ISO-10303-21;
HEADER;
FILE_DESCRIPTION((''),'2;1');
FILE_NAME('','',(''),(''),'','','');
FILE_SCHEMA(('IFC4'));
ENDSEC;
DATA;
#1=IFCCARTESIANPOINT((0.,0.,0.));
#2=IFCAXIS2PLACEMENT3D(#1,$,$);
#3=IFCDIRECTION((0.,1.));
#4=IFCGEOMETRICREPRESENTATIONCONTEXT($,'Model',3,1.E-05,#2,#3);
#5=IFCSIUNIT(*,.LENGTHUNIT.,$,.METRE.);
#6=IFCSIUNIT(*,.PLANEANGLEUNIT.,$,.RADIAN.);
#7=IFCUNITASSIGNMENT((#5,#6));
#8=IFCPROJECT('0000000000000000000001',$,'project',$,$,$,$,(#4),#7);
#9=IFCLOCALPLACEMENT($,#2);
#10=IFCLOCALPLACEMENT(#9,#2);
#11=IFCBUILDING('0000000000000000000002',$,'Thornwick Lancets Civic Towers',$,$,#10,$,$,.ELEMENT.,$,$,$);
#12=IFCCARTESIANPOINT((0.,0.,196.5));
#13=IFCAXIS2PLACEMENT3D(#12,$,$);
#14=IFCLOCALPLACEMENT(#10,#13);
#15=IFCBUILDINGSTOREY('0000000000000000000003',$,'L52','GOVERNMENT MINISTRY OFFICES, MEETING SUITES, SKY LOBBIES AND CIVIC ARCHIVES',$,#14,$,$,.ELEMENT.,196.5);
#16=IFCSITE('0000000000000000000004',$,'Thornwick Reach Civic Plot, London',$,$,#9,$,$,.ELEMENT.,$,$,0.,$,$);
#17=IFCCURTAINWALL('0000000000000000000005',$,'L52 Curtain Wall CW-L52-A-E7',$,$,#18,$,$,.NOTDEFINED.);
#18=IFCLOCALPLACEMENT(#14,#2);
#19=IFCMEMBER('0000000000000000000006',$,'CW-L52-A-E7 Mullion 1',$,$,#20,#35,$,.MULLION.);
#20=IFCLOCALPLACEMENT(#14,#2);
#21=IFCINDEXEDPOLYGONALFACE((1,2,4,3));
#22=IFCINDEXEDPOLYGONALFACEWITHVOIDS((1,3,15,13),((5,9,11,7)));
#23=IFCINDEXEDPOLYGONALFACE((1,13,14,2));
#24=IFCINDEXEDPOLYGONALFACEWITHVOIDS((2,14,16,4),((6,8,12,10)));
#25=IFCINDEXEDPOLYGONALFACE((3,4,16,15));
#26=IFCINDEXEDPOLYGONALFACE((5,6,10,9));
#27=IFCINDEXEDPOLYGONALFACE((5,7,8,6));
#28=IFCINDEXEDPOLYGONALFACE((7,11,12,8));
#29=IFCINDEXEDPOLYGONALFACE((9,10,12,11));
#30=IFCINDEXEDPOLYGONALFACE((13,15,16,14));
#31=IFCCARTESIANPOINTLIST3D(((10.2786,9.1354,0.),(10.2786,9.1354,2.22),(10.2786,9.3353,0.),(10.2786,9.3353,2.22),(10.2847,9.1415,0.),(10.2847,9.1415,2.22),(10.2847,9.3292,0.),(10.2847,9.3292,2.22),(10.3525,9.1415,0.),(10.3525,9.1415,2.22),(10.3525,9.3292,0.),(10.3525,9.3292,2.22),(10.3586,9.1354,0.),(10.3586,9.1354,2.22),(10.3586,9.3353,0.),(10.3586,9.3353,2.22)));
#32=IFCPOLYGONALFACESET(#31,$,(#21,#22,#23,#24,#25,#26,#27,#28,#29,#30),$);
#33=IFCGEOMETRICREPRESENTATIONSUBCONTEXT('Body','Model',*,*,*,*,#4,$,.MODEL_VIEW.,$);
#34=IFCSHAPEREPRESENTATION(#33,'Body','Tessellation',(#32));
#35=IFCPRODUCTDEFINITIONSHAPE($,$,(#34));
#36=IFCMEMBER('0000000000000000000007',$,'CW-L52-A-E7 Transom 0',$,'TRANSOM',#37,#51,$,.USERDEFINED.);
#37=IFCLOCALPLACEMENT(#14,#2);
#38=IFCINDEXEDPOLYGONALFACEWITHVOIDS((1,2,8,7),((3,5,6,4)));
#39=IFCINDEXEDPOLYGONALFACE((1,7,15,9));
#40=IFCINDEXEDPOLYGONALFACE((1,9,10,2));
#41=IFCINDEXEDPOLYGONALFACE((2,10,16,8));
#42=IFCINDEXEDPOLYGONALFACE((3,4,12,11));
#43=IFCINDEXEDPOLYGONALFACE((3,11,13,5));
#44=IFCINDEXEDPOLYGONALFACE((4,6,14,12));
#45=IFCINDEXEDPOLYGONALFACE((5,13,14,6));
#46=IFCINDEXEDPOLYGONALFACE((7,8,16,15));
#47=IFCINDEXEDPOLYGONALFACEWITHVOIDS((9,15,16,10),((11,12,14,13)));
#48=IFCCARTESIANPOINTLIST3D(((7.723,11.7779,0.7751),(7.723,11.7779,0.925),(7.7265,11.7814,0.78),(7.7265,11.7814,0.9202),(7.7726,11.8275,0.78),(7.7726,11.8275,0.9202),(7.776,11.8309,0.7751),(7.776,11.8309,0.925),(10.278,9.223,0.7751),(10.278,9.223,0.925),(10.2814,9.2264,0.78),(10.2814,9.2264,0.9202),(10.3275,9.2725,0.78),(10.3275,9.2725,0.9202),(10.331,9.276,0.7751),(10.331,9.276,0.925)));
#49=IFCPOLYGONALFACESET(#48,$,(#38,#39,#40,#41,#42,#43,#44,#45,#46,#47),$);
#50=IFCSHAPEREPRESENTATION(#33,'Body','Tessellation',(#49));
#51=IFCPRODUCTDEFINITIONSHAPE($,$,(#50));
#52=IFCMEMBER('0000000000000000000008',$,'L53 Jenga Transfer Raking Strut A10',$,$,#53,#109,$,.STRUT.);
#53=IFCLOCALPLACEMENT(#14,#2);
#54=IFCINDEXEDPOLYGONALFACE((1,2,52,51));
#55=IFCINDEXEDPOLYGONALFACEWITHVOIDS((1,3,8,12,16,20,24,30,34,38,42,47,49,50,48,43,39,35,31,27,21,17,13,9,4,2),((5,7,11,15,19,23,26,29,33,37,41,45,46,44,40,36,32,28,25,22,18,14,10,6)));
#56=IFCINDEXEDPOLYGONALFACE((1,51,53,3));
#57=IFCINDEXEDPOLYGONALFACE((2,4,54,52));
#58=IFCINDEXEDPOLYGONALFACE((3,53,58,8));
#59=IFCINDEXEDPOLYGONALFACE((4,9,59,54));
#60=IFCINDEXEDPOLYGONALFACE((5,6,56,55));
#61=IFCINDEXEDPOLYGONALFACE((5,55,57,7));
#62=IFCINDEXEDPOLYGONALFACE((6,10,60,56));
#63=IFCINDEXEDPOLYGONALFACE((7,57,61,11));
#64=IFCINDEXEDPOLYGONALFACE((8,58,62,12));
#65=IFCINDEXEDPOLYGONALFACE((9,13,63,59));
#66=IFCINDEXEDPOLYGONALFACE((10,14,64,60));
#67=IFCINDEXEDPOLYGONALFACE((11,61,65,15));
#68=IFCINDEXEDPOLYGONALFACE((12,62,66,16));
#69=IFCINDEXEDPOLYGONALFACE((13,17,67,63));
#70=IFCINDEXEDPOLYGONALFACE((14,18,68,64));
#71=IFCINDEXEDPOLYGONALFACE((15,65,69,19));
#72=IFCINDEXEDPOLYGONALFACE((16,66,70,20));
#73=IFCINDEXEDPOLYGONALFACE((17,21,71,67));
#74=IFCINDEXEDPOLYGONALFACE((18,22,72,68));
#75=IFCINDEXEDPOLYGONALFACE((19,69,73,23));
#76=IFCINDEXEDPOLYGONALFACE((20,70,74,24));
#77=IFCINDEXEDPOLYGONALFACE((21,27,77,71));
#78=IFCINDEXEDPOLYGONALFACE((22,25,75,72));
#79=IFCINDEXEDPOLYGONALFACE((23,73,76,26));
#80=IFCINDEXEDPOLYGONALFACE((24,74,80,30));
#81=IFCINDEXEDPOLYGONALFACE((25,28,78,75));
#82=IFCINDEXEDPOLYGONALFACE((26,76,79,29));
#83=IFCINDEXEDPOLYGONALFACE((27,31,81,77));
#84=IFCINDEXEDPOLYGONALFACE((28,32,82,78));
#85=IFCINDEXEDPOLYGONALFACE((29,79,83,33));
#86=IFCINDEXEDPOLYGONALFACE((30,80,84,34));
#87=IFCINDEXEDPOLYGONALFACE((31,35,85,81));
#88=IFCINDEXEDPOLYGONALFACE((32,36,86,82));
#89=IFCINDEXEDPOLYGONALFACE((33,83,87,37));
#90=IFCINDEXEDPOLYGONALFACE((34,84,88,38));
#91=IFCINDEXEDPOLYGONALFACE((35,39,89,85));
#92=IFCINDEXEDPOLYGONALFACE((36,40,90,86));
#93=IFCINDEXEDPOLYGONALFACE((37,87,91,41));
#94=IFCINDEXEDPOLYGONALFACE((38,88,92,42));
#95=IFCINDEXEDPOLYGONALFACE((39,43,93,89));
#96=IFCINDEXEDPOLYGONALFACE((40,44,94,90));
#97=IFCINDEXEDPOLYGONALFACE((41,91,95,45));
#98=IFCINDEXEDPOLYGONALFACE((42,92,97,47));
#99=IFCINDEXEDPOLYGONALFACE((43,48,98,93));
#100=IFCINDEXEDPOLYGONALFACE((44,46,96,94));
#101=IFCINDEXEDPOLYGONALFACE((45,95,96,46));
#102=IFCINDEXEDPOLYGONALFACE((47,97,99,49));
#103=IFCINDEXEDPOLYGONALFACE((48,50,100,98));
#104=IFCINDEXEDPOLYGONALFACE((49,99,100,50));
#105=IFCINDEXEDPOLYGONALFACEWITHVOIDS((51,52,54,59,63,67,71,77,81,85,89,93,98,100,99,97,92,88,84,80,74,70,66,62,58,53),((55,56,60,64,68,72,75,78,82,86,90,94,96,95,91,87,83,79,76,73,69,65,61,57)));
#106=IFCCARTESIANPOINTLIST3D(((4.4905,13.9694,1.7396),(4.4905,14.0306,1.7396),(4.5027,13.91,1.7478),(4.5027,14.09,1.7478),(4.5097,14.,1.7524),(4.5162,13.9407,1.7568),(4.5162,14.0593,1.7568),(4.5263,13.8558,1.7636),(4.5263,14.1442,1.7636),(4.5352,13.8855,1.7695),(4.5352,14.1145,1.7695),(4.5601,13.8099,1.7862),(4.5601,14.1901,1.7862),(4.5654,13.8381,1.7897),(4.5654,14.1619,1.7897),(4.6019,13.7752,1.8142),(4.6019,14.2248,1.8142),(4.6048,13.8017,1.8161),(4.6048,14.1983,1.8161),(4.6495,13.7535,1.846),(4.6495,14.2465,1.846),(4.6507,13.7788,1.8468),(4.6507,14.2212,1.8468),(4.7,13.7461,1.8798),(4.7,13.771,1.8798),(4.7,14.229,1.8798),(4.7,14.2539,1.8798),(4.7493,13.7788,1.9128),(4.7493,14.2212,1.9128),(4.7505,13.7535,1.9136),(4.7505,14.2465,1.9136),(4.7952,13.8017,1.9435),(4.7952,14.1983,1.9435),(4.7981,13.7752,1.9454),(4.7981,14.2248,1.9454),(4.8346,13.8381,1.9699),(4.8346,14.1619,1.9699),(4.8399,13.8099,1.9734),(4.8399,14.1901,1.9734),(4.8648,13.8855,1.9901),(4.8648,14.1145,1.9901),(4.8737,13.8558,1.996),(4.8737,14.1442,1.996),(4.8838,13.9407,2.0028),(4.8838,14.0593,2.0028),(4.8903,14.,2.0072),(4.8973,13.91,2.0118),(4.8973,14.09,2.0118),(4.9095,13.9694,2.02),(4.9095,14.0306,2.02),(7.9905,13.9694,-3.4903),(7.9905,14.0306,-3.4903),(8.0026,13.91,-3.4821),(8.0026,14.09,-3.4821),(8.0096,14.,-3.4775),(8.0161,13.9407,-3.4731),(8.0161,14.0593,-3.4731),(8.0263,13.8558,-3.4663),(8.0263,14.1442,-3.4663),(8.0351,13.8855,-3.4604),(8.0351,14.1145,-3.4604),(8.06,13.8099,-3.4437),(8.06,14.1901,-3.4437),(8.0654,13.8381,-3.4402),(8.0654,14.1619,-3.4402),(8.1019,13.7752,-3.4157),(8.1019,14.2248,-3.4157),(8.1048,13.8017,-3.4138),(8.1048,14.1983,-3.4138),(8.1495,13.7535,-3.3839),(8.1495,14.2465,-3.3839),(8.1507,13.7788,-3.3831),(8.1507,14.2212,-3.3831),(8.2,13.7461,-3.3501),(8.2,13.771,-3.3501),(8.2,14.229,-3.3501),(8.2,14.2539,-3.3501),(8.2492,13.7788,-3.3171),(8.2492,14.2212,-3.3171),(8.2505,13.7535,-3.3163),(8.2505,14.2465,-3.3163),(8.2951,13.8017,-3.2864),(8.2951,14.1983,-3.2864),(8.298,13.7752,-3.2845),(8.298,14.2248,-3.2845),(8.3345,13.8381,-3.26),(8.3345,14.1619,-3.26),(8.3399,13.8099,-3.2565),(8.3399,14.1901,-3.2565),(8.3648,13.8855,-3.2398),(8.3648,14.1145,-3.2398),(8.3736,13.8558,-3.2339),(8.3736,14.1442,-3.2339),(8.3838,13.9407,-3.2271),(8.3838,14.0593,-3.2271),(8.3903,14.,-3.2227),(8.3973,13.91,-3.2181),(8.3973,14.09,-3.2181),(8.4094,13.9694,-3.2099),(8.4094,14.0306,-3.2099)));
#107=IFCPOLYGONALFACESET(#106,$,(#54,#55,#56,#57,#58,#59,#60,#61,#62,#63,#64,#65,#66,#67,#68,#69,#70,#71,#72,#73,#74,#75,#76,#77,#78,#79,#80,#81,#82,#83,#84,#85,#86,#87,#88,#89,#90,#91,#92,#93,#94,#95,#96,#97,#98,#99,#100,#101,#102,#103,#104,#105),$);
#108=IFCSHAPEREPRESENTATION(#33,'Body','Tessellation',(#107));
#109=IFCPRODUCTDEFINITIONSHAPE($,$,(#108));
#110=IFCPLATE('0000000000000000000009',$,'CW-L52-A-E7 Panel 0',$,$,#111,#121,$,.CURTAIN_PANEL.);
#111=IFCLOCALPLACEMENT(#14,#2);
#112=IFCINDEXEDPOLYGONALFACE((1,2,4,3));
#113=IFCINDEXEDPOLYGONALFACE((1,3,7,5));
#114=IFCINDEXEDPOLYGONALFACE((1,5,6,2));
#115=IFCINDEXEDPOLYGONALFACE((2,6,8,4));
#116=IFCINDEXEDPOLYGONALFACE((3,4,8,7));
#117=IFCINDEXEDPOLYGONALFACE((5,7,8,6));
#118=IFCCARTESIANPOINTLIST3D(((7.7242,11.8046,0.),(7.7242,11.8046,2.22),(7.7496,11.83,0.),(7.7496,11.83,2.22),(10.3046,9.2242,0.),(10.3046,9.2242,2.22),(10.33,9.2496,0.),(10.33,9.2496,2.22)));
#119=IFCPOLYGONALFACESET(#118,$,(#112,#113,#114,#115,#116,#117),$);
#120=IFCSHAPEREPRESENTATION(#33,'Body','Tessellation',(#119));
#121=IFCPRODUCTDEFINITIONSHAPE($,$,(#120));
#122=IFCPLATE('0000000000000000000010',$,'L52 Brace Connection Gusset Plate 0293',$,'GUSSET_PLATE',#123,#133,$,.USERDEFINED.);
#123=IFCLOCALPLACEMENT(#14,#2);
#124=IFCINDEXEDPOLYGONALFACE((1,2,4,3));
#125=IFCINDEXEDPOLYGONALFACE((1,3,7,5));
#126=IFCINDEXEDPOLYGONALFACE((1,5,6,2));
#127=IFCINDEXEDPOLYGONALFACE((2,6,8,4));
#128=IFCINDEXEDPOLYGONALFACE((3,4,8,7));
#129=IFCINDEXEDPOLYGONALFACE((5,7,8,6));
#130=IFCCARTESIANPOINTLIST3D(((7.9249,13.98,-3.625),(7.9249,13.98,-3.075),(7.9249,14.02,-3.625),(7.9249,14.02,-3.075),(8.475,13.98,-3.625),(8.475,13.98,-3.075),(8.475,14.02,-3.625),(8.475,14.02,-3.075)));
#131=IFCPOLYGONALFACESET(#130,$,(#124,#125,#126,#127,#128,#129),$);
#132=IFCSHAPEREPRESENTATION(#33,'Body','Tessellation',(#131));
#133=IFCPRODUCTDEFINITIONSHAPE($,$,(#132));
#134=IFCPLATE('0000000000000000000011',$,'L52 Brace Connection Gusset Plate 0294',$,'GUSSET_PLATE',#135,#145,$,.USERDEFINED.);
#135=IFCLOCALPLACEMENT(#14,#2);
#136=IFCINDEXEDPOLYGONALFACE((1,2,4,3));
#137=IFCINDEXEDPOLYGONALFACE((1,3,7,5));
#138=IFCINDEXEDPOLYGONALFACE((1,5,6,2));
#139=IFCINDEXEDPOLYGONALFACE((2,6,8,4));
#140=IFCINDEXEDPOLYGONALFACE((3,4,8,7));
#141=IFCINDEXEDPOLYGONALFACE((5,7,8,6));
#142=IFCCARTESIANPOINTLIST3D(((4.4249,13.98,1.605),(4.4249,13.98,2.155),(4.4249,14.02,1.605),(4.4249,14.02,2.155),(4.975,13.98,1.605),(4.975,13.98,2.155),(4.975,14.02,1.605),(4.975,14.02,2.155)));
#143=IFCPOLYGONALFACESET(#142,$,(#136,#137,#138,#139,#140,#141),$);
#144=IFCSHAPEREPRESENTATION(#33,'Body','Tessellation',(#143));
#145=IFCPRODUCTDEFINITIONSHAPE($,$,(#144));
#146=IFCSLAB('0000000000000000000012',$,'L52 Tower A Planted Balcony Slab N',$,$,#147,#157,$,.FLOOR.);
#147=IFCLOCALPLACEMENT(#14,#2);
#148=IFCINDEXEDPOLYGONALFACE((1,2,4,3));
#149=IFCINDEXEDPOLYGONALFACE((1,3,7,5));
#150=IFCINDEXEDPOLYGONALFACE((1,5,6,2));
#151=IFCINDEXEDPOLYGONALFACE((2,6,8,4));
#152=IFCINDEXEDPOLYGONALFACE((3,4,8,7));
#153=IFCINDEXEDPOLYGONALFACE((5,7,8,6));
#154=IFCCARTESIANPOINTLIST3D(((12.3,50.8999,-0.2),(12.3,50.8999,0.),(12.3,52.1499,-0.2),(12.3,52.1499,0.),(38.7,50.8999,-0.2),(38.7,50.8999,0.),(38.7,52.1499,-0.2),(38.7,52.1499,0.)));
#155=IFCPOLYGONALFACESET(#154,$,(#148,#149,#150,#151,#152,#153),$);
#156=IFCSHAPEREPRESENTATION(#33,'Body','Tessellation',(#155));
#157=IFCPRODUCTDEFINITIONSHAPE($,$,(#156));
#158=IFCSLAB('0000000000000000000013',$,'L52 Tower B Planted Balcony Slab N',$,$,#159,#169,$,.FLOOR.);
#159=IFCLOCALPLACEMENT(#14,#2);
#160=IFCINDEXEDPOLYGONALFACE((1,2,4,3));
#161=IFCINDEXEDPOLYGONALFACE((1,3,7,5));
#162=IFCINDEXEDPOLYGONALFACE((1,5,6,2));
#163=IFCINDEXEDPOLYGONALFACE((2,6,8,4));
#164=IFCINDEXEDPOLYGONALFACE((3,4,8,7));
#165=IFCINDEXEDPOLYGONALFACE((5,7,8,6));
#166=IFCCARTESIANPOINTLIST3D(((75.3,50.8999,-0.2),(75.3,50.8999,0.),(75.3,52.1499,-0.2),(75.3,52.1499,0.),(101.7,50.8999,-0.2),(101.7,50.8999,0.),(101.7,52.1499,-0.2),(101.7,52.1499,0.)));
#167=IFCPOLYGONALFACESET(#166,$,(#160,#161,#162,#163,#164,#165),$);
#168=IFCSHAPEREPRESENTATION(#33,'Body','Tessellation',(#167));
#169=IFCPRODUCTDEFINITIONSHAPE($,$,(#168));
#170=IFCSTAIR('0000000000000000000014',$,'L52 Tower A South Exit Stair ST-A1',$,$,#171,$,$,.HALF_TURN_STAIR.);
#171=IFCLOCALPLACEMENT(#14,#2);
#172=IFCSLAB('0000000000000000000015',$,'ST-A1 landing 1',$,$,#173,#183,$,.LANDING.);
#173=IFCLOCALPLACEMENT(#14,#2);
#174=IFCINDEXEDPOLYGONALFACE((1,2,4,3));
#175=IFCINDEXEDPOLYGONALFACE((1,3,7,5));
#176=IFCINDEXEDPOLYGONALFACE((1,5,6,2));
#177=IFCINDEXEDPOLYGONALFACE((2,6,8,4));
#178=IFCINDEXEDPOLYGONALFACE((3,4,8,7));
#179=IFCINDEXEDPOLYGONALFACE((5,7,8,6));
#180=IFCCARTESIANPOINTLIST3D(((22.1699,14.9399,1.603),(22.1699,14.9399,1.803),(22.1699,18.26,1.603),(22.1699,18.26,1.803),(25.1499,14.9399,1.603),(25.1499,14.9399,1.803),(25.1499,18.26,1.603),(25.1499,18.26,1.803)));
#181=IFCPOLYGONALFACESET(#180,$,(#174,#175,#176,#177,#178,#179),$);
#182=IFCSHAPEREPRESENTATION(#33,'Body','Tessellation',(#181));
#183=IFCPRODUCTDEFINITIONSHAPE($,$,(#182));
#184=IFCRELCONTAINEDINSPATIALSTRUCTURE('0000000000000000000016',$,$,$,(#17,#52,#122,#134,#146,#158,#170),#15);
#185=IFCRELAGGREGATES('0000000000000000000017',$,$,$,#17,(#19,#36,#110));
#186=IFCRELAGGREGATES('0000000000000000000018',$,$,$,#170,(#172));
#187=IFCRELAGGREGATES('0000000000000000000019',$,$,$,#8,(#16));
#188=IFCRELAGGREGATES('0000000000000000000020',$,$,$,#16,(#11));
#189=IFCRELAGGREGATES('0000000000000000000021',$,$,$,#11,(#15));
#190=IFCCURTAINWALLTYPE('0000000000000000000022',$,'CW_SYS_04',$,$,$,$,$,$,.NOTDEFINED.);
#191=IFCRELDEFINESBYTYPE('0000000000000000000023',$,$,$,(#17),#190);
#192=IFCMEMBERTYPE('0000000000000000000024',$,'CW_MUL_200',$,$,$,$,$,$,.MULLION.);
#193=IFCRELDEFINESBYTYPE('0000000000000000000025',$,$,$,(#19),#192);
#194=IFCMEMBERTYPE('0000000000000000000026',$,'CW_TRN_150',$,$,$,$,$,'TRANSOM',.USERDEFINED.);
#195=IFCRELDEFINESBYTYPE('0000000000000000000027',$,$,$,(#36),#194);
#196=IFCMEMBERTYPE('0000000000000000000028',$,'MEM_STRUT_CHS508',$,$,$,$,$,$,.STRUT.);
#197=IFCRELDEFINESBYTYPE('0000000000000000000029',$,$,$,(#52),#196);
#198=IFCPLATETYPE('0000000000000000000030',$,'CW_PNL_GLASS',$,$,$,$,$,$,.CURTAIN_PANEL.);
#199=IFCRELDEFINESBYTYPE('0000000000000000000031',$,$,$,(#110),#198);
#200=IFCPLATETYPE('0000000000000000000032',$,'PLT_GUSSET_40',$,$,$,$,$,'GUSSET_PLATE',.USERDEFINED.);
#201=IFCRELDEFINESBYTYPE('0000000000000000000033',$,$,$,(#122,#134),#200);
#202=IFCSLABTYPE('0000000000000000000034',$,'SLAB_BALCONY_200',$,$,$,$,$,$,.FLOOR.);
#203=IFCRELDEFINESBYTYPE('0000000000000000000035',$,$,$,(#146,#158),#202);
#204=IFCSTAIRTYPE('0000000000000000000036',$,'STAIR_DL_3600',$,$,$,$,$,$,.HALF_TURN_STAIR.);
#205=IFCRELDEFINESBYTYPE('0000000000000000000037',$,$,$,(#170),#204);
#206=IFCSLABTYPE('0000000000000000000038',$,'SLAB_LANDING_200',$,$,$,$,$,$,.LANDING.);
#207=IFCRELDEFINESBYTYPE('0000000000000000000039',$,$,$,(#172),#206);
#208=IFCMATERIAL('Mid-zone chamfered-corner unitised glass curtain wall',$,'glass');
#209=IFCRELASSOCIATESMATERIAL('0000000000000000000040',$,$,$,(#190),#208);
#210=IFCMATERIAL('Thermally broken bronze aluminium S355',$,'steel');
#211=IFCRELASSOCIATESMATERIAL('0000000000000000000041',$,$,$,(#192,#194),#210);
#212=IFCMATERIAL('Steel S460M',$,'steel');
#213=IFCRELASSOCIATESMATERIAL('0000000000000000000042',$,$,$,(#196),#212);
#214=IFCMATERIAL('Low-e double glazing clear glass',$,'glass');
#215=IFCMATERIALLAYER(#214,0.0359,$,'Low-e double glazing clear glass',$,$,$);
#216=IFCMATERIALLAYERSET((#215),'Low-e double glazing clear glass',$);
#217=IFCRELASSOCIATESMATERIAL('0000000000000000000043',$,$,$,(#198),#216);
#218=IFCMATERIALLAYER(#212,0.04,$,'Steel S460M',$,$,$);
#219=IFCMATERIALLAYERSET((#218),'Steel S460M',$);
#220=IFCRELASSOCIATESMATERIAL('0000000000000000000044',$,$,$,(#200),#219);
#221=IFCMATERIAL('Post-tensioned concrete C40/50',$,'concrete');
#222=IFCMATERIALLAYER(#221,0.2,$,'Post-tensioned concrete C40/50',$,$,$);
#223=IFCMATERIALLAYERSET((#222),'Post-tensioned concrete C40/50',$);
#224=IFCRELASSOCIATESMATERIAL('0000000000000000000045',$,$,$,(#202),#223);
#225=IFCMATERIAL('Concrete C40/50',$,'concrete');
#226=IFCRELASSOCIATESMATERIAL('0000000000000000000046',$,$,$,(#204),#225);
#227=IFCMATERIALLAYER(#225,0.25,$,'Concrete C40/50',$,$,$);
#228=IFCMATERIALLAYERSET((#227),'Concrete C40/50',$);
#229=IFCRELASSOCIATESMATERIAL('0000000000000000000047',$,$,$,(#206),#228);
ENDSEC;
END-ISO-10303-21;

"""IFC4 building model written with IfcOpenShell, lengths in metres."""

from ifc_helpers import new_model, si_unit, direction, frame, origin, origin_2d, place, context, subcontext, project, spatial, polyline, rectangle, hollow_rectangle, hollow_circle, outline, extrude, material, layer, layer_set, material_profile, profile_set, type_object, element, aggregate, save


model = new_model("IFC4")

# Units and contexts
model_context = context("Model", 3, precision=1e-05, world=origin(), true_north=direction((0.0, 1.0)))
body_context = subcontext(model_context, "Body", "Model", "MODEL_VIEW")
ifc_project = project(units=[si_unit("LENGTHUNIT", "METRE"), si_unit("PLANEANGLEUNIT", "RADIAN")], contexts=[model_context])

# Site, building, storey
site_placement = place(None, origin())
site = spatial("IfcSite", under=ifc_project, at=site_placement, Name="Thornwick Reach Civic Plot, London", CompositionType="ELEMENT", RefElevation=0.0)
building_placement = place(site_placement, origin())
building = spatial("IfcBuilding", under=site, at=building_placement, Name="Thornwick Lancets Civic Towers", CompositionType="ELEMENT")
storey_placement = place(building_placement, frame((0.0, 0.0, 196.5)))
storey = spatial("IfcBuildingStorey", under=building, at=storey_placement, Name="L52", Description="GOVERNMENT MINISTRY OFFICES, MEETING SUITES, SKY LOBBIES AND CIVIC ARCHIVES", CompositionType="ELEMENT", Elevation=196.5)

# Curtain wall, members
ifc_material_1 = material(Name="Mid-zone chamfered-corner unitised glass curtain wall", Category="glass")
curtain_wall_type = type_object("IfcCurtainWallType", Name="CW_SYS_04", PredefinedType="NOTDEFINED", material=ifc_material_1)
curtain_wall_placement = place(storey_placement, origin())
curtain_wall = element("IfcCurtainWall", 1, at=curtain_wall_placement, inside=storey, type_object=curtain_wall_type, Name="L52 Curtain Wall CW-L52-A-E7", PredefinedType="NOTDEFINED")
ifc_material_2 = material(Name="Thermally broken bronze aluminium S355", Category="steel")
ifc_material_profile_1 = material_profile(ifc_material_2, hollow_rectangle(XDim=0.0801, YDim=0.2, WallThickness=0.0061, at=origin_2d()), Name="RHS 200x80x6")
ifc_profile_set_1 = profile_set([ifc_material_profile_1], Name="Thermally broken bronze aluminium S355")
member_type_1 = type_object("IfcMemberType", Name="CW_MUL_200", PredefinedType="MULLION", material=ifc_profile_set_1)
member_1_placement = place(storey_placement, frame((10.3186, 9.2354, 0.0), z_axis=(0.0, 0.0, 1.0), x_axis=(1.0, 0.0, 0.0)))
member_1 = element("IfcMember", 2, at=member_1_placement, type_object=member_type_1, Name="CW-L52-A-E7 Mullion 1", PredefinedType="MULLION", context=body_context, shape_type="SweptSolid", body=[
    extrude(hollow_rectangle(XDim=0.0801, YDim=0.2, WallThickness=0.0061, at=origin_2d()), origin(), (0.0, 0.0, 1.0), 2.22),
])
ifc_material_profile_2 = material_profile(ifc_material_2, hollow_rectangle(XDim=0.075, YDim=0.1499, WallThickness=0.0049, at=origin_2d()), Name="RHS 150x75x5")
ifc_profile_set_2 = profile_set([ifc_material_profile_2], Name="Thermally broken bronze aluminium S355")
member_type_2 = type_object("IfcMemberType", Name="CW_TRN_150", ElementType="TRANSOM", PredefinedType="USERDEFINED", material=ifc_profile_set_2)
member_2_placement = place(storey_placement, frame((7.7495, 11.8044, 0.8501), z_axis=(0.707107, -0.707107, 0.0), x_axis=(0.707107, 0.707107, 0.0)))
member_2 = element("IfcMember", 3, at=member_2_placement, type_object=member_type_2, Name="CW-L52-A-E7 Transom 0", ObjectType="TRANSOM", PredefinedType="USERDEFINED", context=body_context, shape_type="SweptSolid", body=[
    extrude(hollow_rectangle(XDim=0.075, YDim=0.1499, WallThickness=0.0049, at=origin_2d()), origin(), (0.0, 0.0, 1.0), 3.6133),
])

# Member
ifc_material_3 = material(Name="Steel S460M", Category="steel")
ifc_material_profile_3 = material_profile(ifc_material_3, hollow_circle(Radius=0.2539, WallThickness=0.0249, at=origin_2d()), Name="CHS 508x25")
ifc_profile_set_3 = profile_set([ifc_material_profile_3], Name="Steel S460M")
member_type_3 = type_object("IfcMemberType", Name="MEM_STRUT_CHS508", PredefinedType="STRUT", material=ifc_profile_set_3)
member_3_placement = place(storey_placement, frame((8.2, 14.0, -3.3501), z_axis=(-0.556168, 0.0, 0.83107), x_axis=(0.0, -1.0, 0.0)))
element("IfcMember", 4, at=member_3_placement, inside=storey, type_object=member_type_3, Name="L53 Jenga Transfer Raking Strut A10", PredefinedType="STRUT", context=body_context, shape_type="SweptSolid", body=[
    extrude(hollow_circle(Radius=0.2539, WallThickness=0.0249, at=origin_2d()), origin(), (0.0, 0.0, 1.0), 6.293),
])

# Plate
ifc_material_4 = material(Name="Low-e double glazing clear glass", Category="glass")
ifc_layer_1 = layer(ifc_material_4, 0.0359, Name="Low-e double glazing clear glass")
ifc_layer_set_1 = layer_set([ifc_layer_1], Name="Low-e double glazing clear glass")
plate_type_1 = type_object("IfcPlateType", Name="CW_PNL_GLASS", PredefinedType="CURTAIN_PANEL", material=ifc_layer_set_1)
plate_placement = place(storey_placement, frame((9.0271, 10.5271, 0.0), z_axis=(0.0, 0.0, 1.0), x_axis=(0.707107, -0.707107, 0.0)))
plate = element("IfcPlate", 5, at=plate_placement, type_object=plate_type_1, Name="CW-L52-A-E7 Panel 0", PredefinedType="CURTAIN_PANEL", context=body_context, shape_type="SweptSolid", body=[
    extrude(rectangle(XDim=3.6492, YDim=0.0359, at=origin_2d()), origin(), (0.0, 0.0, 1.0), 2.22),
])
aggregate(curtain_wall, [member_1, member_2, plate])

# Plates
ifc_layer_2 = layer(ifc_material_3, 0.04, Name="Steel S460M")
ifc_layer_set_2 = layer_set([ifc_layer_2], Name="Steel S460M")
plate_type_2 = type_object("IfcPlateType", Name="PLT_GUSSET_40", ElementType="GUSSET_PLATE", PredefinedType="USERDEFINED", material=ifc_layer_set_2)
for number, where, z_axis, x_axis, name in (
    (6, (8.2, 14.0, -3.625), (0.0, 0.0, 1.0), (-1.0, 0.0, 0.0), "L52 Brace Connection Gusset Plate 0293"),
    (7, (4.7, 14.0, 1.605), (0.0, 0.0, 1.0), (-1.0, 0.0, 0.0), "L52 Brace Connection Gusset Plate 0294"),
):
    element("IfcPlate", number, at=place(storey_placement, frame(where, z_axis=z_axis, x_axis=x_axis)), inside=storey, type_object=plate_type_2, Name=name, ObjectType="GUSSET_PLATE", PredefinedType="USERDEFINED", context=body_context, shape_type="SweptSolid", body=[
        extrude(rectangle(XDim=0.55, YDim=0.04, at=origin_2d()), origin(), (0.0, 0.0, 1.0), 0.55),
    ])

# Slabs
ifc_material_5 = material(Name="Post-tensioned concrete C40/50", Category="concrete")
ifc_layer_3 = layer(ifc_material_5, 0.2, Name="Post-tensioned concrete C40/50")
ifc_layer_set_3 = layer_set([ifc_layer_3], Name="Post-tensioned concrete C40/50")
slab_type_1 = type_object("IfcSlabType", Name="SLAB_BALCONY_200", PredefinedType="FLOOR", material=ifc_layer_set_3)
slab_1_placement = place(storey_placement, frame((0.0, 0.0, -0.2)))
element("IfcSlab", 8, at=slab_1_placement, inside=storey, type_object=slab_type_1, Name="L52 Tower A Planted Balcony Slab N", PredefinedType="FLOOR", context=body_context, shape_type="SweptSolid", body=[
    extrude(outline(polyline([(12.3, 50.8999), (38.7, 50.8999), (38.7, 52.1499), (12.3, 52.1499), (12.3, 50.8999)])), origin(), (0.0, 0.0, 1.0), 0.2),
])
slab_2_placement = place(storey_placement, frame((0.0, 0.0, -0.2)))
element("IfcSlab", 9, at=slab_2_placement, inside=storey, type_object=slab_type_1, Name="L52 Tower B Planted Balcony Slab N", PredefinedType="FLOOR", context=body_context, shape_type="SweptSolid", body=[
    extrude(outline(polyline([(75.3, 50.8999), (101.7, 50.8999), (101.7, 52.1499), (75.3, 52.1499), (75.3, 50.8999)])), origin(), (0.0, 0.0, 1.0), 0.2),
])

# Stair, slab
ifc_material_6 = material(Name="Concrete C40/50", Category="concrete")
stair_type = type_object("IfcStairType", Name="STAIR_DL_3600", PredefinedType="HALF_TURN_STAIR", material=ifc_material_6)
stair_1_placement = place(storey_placement, origin())
stair_1 = element("IfcStair", 10, at=stair_1_placement, inside=storey, type_object=stair_type, Name="L52 Tower A South Exit Stair ST-A1", PredefinedType="HALF_TURN_STAIR")
ifc_layer_4 = layer(ifc_material_6, 0.25, Name="Concrete C40/50")
ifc_layer_set_4 = layer_set([ifc_layer_4], Name="Concrete C40/50")
slab_type_2 = type_object("IfcSlabType", Name="SLAB_LANDING_200", PredefinedType="LANDING", material=ifc_layer_set_4)
slab_3_placement = place(storey_placement, frame((0.0, 0.0, 1.603)))
slab_3 = element("IfcSlab", 11, at=slab_3_placement, type_object=slab_type_2, Name="ST-A1 landing 1", PredefinedType="LANDING", context=body_context, shape_type="SweptSolid", body=[
    extrude(outline(polyline([(22.1699, 14.9399), (25.1499, 14.9399), (25.1499, 18.26), (22.1699, 18.26), (22.1699, 14.9399)])), origin(), (0.0, 0.0, 1.0), 0.2),
])
aggregate(stair_1, [slab_3])

save(model, "model.ifc")
